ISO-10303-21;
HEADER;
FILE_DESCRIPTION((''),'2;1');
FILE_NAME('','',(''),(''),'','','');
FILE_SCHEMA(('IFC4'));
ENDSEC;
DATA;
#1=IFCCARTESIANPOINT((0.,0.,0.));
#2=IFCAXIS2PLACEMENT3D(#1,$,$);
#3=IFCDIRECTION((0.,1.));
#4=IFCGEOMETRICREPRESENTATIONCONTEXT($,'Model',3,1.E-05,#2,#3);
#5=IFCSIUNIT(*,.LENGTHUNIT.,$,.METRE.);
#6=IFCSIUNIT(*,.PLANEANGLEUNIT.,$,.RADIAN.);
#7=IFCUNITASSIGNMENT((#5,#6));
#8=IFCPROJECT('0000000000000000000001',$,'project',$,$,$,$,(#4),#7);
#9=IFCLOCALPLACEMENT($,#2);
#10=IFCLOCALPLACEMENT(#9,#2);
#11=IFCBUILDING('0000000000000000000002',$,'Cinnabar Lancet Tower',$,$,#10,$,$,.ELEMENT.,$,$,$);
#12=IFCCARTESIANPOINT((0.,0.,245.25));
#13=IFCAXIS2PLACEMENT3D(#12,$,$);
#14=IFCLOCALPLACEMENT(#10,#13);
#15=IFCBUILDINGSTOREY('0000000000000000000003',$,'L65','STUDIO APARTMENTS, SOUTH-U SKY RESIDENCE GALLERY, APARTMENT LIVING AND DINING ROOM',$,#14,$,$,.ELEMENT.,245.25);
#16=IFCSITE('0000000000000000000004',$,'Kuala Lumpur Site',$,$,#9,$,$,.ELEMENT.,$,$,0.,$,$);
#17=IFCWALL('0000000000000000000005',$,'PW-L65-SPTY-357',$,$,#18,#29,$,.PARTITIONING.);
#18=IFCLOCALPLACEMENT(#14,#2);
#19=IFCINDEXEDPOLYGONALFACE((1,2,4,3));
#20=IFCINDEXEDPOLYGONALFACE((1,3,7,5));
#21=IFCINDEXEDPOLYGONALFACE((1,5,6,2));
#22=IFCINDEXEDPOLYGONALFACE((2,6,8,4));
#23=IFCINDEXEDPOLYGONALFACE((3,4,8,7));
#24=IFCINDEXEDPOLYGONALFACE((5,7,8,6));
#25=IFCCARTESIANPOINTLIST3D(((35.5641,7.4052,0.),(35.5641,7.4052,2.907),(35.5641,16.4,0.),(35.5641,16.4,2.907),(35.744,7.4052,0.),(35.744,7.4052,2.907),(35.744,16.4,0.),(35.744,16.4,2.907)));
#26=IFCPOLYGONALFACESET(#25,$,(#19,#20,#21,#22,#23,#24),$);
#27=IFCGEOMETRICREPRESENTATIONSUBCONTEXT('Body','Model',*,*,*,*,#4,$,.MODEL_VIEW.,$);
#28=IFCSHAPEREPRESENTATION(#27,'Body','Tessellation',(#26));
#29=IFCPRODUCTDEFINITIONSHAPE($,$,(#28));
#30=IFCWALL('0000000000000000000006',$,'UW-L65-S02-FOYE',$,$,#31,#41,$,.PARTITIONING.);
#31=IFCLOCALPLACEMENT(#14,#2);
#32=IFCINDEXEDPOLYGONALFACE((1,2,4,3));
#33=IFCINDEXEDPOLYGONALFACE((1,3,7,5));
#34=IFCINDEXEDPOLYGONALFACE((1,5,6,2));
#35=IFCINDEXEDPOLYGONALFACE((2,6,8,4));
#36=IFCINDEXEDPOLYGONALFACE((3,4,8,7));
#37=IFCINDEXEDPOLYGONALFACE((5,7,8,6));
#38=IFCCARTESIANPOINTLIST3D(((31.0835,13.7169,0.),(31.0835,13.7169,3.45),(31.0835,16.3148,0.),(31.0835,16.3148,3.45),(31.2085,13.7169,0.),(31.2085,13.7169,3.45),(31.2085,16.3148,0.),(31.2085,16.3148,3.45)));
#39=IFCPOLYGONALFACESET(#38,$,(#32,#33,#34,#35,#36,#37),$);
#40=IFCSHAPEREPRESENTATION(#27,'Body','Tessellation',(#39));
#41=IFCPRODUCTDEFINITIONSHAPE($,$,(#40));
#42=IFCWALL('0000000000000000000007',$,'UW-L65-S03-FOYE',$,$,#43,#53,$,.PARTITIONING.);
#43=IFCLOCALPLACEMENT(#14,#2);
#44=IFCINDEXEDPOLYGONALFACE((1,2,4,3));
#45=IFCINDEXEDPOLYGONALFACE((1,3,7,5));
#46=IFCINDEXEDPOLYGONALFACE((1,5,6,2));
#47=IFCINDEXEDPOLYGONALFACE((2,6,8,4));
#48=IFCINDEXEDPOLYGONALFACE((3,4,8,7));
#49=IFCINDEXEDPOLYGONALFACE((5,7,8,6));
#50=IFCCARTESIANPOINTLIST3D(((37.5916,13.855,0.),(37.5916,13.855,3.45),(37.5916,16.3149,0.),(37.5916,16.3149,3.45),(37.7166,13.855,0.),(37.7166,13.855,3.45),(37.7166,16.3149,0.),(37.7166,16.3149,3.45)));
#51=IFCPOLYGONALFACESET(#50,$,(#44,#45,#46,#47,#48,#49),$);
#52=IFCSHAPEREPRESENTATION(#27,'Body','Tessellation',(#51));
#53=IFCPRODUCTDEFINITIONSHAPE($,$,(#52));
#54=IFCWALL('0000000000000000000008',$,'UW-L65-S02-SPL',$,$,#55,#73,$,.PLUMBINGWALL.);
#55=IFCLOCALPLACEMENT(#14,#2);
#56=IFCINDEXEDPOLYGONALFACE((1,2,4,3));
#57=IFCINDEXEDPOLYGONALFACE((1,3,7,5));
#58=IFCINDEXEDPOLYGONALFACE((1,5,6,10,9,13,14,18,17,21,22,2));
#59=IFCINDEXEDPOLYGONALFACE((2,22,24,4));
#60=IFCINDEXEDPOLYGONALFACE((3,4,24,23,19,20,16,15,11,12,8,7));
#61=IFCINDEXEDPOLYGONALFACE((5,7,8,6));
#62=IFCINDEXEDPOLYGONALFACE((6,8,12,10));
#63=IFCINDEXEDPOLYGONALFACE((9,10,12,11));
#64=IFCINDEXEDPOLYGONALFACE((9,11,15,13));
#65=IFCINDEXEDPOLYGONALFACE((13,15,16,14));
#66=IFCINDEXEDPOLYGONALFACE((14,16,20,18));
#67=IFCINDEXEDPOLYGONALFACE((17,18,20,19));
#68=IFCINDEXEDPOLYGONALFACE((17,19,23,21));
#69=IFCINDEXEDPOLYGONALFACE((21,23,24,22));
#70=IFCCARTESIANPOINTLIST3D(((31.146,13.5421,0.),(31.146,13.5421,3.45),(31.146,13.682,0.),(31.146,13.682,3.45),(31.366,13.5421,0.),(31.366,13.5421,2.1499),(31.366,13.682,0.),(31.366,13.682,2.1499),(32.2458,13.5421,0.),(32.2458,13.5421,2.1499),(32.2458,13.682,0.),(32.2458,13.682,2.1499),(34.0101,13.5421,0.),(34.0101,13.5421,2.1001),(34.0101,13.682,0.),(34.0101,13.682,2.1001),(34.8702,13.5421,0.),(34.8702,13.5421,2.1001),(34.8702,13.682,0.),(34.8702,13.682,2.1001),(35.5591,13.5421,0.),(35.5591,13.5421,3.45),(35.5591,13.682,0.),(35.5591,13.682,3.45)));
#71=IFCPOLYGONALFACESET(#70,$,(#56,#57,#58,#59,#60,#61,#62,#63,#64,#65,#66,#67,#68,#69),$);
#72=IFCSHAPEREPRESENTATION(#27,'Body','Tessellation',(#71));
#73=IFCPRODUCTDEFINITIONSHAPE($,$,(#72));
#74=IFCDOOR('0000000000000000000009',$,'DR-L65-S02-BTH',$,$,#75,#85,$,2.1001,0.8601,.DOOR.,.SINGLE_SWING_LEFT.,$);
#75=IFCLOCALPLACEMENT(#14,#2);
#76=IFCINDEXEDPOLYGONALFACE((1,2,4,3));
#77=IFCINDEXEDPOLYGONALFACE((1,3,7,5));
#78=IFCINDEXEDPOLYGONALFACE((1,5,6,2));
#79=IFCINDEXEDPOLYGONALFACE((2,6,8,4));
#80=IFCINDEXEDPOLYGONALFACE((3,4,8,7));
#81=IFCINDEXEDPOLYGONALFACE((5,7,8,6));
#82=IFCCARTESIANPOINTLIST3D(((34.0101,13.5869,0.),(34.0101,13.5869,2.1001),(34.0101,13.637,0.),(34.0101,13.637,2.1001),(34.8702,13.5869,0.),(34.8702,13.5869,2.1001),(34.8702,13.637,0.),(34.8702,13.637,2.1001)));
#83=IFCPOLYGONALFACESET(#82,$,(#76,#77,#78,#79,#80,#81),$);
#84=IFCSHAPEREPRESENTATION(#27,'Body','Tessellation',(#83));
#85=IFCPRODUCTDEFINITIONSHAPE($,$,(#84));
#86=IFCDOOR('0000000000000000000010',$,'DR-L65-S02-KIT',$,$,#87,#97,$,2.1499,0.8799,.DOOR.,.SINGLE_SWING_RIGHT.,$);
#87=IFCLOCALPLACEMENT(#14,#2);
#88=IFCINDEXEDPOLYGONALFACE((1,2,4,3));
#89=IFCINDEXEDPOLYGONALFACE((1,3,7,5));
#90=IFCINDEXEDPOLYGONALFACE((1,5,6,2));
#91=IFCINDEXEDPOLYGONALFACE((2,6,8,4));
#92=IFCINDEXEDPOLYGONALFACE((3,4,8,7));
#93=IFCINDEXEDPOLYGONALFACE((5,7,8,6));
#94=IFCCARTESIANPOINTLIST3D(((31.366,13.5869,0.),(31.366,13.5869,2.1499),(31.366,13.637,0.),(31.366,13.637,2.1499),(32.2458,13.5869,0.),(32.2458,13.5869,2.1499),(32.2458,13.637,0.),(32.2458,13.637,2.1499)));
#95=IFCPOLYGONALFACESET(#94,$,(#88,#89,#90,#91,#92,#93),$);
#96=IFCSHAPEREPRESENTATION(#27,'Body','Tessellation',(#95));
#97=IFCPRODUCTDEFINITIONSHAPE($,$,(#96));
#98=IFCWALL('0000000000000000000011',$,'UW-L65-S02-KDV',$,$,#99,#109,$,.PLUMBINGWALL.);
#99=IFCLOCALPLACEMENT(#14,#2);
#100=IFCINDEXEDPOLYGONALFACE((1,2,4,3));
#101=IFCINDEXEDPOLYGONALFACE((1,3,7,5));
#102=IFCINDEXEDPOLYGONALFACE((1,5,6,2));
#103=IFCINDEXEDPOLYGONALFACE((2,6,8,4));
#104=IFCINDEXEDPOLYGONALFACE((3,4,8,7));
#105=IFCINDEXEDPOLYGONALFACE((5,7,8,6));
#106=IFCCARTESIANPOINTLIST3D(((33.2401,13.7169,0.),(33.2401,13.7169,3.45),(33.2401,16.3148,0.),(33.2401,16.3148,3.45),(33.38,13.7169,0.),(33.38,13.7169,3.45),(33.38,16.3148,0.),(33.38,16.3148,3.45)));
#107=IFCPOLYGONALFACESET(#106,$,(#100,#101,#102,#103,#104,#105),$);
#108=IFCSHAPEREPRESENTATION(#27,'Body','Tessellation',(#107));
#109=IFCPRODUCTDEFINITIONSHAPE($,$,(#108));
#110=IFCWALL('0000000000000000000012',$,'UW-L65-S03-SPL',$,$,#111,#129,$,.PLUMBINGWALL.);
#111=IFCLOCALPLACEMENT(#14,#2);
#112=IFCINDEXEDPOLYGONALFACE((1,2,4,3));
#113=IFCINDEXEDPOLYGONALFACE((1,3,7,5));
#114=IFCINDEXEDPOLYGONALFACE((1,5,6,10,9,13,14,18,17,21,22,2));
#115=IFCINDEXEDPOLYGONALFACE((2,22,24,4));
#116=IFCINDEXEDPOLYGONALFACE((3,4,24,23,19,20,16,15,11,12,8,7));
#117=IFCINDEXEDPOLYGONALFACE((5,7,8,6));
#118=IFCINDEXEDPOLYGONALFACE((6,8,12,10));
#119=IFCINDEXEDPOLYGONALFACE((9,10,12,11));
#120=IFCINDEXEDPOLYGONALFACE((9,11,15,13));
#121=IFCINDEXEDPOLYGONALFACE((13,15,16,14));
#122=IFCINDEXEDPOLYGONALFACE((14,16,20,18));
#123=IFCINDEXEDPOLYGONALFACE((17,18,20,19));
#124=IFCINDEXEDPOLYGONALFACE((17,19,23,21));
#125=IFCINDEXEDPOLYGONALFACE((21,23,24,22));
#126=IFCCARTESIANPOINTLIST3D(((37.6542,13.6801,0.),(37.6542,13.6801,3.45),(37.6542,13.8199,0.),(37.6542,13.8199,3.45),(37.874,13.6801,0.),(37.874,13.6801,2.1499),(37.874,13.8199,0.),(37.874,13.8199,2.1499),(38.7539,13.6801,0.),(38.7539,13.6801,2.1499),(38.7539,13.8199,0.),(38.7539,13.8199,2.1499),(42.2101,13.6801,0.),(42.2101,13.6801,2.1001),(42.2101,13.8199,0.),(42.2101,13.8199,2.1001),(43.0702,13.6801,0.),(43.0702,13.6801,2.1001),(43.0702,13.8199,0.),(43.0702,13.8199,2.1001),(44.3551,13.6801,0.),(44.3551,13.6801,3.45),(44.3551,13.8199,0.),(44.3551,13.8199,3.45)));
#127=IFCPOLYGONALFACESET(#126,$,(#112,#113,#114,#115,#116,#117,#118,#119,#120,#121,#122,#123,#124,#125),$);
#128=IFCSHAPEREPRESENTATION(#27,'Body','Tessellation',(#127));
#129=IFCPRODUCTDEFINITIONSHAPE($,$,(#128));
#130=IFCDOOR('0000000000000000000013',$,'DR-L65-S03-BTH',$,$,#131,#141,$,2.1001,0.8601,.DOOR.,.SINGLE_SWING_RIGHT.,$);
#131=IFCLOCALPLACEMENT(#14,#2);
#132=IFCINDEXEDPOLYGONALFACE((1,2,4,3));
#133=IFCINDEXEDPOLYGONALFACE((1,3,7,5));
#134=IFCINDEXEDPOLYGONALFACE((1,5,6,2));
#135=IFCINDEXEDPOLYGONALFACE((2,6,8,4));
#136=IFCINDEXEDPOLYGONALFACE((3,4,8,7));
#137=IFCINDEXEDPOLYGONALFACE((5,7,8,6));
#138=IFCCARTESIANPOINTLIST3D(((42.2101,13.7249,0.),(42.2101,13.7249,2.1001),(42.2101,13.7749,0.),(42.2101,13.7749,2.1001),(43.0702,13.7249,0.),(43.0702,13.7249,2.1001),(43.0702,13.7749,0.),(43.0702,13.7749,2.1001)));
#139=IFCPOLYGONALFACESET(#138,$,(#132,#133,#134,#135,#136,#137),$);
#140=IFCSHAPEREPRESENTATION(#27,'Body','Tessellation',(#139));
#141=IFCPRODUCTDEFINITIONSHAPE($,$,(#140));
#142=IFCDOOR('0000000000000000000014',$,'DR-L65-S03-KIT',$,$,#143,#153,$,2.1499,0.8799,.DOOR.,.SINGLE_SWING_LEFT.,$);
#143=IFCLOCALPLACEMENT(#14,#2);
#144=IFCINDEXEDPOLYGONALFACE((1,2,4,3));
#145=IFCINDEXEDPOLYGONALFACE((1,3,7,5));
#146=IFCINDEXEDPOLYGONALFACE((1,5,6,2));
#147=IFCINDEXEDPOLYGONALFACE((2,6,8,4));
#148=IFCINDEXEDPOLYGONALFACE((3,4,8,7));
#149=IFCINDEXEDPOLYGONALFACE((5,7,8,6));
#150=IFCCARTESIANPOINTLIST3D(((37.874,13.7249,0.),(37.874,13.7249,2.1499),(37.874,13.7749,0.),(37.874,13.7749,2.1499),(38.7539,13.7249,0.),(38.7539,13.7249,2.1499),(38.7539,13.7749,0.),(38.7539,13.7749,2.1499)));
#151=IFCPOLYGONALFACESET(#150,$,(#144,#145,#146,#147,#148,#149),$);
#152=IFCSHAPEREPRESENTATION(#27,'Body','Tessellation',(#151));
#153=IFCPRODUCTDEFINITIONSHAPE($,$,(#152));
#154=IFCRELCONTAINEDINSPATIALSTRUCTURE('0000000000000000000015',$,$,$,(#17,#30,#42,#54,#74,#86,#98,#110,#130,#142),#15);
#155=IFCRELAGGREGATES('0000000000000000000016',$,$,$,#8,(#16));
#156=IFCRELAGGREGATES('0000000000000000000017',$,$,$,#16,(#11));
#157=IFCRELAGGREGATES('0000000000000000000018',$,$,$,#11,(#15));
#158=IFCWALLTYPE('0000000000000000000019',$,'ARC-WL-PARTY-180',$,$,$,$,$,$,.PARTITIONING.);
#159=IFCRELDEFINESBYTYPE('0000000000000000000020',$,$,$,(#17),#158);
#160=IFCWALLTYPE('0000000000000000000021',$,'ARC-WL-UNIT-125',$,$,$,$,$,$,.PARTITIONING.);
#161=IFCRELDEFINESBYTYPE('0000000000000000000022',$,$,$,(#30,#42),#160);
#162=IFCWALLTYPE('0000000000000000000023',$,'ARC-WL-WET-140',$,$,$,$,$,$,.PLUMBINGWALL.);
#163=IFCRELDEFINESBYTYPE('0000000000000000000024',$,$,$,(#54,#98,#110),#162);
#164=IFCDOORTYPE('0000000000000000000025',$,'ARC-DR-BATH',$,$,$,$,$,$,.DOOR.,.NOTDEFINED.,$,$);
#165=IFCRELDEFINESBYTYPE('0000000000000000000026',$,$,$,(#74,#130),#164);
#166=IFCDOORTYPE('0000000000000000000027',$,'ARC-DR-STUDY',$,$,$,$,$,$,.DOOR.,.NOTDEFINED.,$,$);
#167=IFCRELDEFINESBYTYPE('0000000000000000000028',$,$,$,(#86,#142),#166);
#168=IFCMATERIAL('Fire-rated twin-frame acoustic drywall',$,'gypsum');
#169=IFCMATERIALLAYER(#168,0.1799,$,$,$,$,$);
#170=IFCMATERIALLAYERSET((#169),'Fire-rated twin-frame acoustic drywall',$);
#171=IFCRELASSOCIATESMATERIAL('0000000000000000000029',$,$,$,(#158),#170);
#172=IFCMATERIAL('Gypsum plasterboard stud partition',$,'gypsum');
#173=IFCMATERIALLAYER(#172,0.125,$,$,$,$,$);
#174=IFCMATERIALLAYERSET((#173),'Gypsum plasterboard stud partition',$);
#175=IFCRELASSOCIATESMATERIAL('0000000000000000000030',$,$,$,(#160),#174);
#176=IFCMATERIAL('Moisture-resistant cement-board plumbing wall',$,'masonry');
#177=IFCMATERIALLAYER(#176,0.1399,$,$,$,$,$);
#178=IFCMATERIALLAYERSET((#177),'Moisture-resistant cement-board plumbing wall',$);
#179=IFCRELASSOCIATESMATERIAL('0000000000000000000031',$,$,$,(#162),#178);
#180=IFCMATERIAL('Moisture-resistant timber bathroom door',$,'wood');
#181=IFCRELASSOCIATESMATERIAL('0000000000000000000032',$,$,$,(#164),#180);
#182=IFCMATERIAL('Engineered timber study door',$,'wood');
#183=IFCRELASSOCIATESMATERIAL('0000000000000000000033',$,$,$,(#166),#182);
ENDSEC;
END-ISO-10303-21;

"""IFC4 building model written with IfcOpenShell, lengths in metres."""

from ifc_helpers import new_model, si_unit, direction, frame, frame_2d, origin, place, context, subcontext, project, spatial, rectangle, extrude, material, layer, layer_set, type_object, element, fill, save


model = new_model("IFC4")

# Units and contexts
model_context = context("Model", 3, precision=1e-05, world=origin(), true_north=direction((0.0, 1.0)))
body_context = subcontext(model_context, "Body", "Model", "MODEL_VIEW")
ifc_project = project(units=[si_unit("LENGTHUNIT", "METRE"), si_unit("PLANEANGLEUNIT", "RADIAN")], contexts=[model_context])

# Site, building, storey
site_placement = place(None, origin())
site = spatial("IfcSite", under=ifc_project, at=site_placement, Name="Kuala Lumpur Site", CompositionType="ELEMENT", RefElevation=0.0)
building_placement = place(site_placement, origin())
building = spatial("IfcBuilding", under=site, at=building_placement, Name="Cinnabar Lancet Tower", CompositionType="ELEMENT")
storey_placement = place(building_placement, frame((0.0, 0.0, 245.25)))
storey = spatial("IfcBuildingStorey", under=building, at=storey_placement, Name="L65", Description="STUDIO APARTMENTS, SOUTH-U SKY RESIDENCE GALLERY, APARTMENT LIVING AND DINING ROOM", CompositionType="ELEMENT", Elevation=245.25)

# Walls
ifc_material_1 = material(Name="Fire-rated twin-frame acoustic drywall", Category="gypsum")
ifc_layer_1 = layer(ifc_material_1, 0.1799)
ifc_layer_set_1 = layer_set([ifc_layer_1], Name="Fire-rated twin-frame acoustic drywall")
wall_type_1 = type_object("IfcWallType", Name="ARC-WL-PARTY-180", PredefinedType="PARTITIONING", material=ifc_layer_set_1)
wall_1_placement = place(storey_placement, frame((35.6541, 7.405, 0.0), z_axis=(0.0, 0.0, 1.0), x_axis=(0.0, 1.0, 0.0)))
element("IfcWall", 1, at=wall_1_placement, inside=storey, type_object=wall_type_1, Name="PW-L65-SPTY-357", PredefinedType="PARTITIONING", context=body_context, shape_type="SweptSolid", body=[
    extrude(rectangle(XDim=8.9949, YDim=0.1799, at=frame_2d((4.4976, 0.0))), origin(), (0.0, 0.0, 1.0), 2.907),
])
ifc_material_2 = material(Name="Gypsum plasterboard stud partition", Category="gypsum")
ifc_layer_2 = layer(ifc_material_2, 0.125)
ifc_layer_set_2 = layer_set([ifc_layer_2], Name="Gypsum plasterboard stud partition")
wall_type_2 = type_object("IfcWallType", Name="ARC-WL-UNIT-125", PredefinedType="PARTITIONING", material=ifc_layer_set_2)
wall_2_placement = place(storey_placement, frame((31.146, 13.717, 0.0), z_axis=(0.0, 0.0, 1.0), x_axis=(0.0, 1.0, 0.0)))
element("IfcWall", 2, at=wall_2_placement, inside=storey, type_object=wall_type_2, Name="UW-L65-S02-FOYE", PredefinedType="PARTITIONING", context=body_context, shape_type="SweptSolid", body=[
    extrude(rectangle(XDim=2.5979, YDim=0.125, at=frame_2d((1.2988, 0.0))), origin(), (0.0, 0.0, 1.0), 3.45),
])
wall_3_placement = place(storey_placement, frame((37.6541, 13.855, 0.0), z_axis=(0.0, 0.0, 1.0), x_axis=(0.0, 1.0, 0.0)))
element("IfcWall", 3, at=wall_3_placement, inside=storey, type_object=wall_type_2, Name="UW-L65-S03-FOYE", PredefinedType="PARTITIONING", context=body_context, shape_type="SweptSolid", body=[
    extrude(rectangle(XDim=2.46, YDim=0.125, at=frame_2d((1.23, 0.0))), origin(), (0.0, 0.0, 1.0), 3.45),
])

# Wall, openings, doors
ifc_material_3 = material(Name="Moisture-resistant cement-board plumbing wall", Category="masonry")
ifc_layer_3 = layer(ifc_material_3, 0.1399)
ifc_layer_set_3 = layer_set([ifc_layer_3], Name="Moisture-resistant cement-board plumbing wall")
wall_type_3 = type_object("IfcWallType", Name="ARC-WL-WET-140", PredefinedType="PLUMBINGWALL", material=ifc_layer_set_3)
wall_4_placement = place(storey_placement, frame((31.146, 13.6121, 0.0), z_axis=(0.0, 0.0, 1.0), x_axis=(1.0, 0.0, 0.0)))
wall_4 = element("IfcWall", 4, at=wall_4_placement, inside=storey, type_object=wall_type_3, Name="UW-L65-S02-SPL", PredefinedType="PLUMBINGWALL", context=body_context, shape_type="SweptSolid", body=[
    extrude(rectangle(XDim=4.4131, YDim=0.1399, at=frame_2d((2.2065, 0.0))), origin(), (0.0, 0.0, 1.0), 3.45),
])
opening_1_placement = place(wall_4_placement, frame((2.864, 0.0, 0.0)))
opening_1 = element("IfcOpeningElement", 5, at=opening_1_placement, cuts=wall_4, PredefinedType="OPENING", context=body_context, shape_type="SweptSolid", body=[
    extrude(rectangle(XDim=0.8601, YDim=2.1001, at=frame_2d((0.4302, 1.05))), frame((0.0, 0.0798, 0.0), z_axis=(0.0, -1.0, 0.0), x_axis=(1.0, 0.0, 0.0)), (0.0, 0.0, 1.0), 0.1599),
])
opening_2_placement = place(wall_4_placement, frame((0.22, 0.0, 0.0)))
opening_2 = element("IfcOpeningElement", 6, at=opening_2_placement, cuts=wall_4, PredefinedType="OPENING", context=body_context, shape_type="SweptSolid", body=[
    extrude(rectangle(XDim=0.8799, YDim=2.1499, at=frame_2d((0.4399, 1.075))), frame((0.0, 0.0798, 0.0), z_axis=(0.0, -1.0, 0.0), x_axis=(1.0, 0.0, 0.0)), (0.0, 0.0, 1.0), 0.1599),
])
ifc_material_4 = material(Name="Moisture-resistant timber bathroom door", Category="wood")
door_type_1 = type_object("IfcDoorType", Name="ARC-DR-BATH", OperationType="NOTDEFINED", PredefinedType="DOOR", material=ifc_material_4)
door_1_placement = place(opening_1_placement, origin())
door_1 = element("IfcDoor", 7, at=door_1_placement, inside=storey, type_object=door_type_1, Name="DR-L65-S02-BTH", OperationType="SINGLE_SWING_LEFT", OverallHeight=2.1001, OverallWidth=0.8601, PredefinedType="DOOR", context=body_context, shape_type="SweptSolid", body=[
    extrude(rectangle(XDim=0.8601, YDim=2.1001, at=frame_2d((0.4302, 1.05))), frame((0.0, 0.0249, 0.0), z_axis=(0.0, -1.0, 0.0), x_axis=(1.0, 0.0, 0.0)), (0.0, 0.0, 1.0), 0.05),
])
fill(opening_1, door_1)
ifc_material_5 = material(Name="Engineered timber study door", Category="wood")
door_type_2 = type_object("IfcDoorType", Name="ARC-DR-STUDY", OperationType="NOTDEFINED", PredefinedType="DOOR", material=ifc_material_5)
door_2_placement = place(opening_2_placement, origin())
door_2 = element("IfcDoor", 8, at=door_2_placement, inside=storey, type_object=door_type_2, Name="DR-L65-S02-KIT", OperationType="SINGLE_SWING_RIGHT", OverallHeight=2.1499, OverallWidth=0.8799, PredefinedType="DOOR", context=body_context, shape_type="SweptSolid", body=[
    extrude(rectangle(XDim=0.8799, YDim=2.1499, at=frame_2d((0.4399, 1.075))), frame((0.0, 0.0249, 0.0), z_axis=(0.0, -1.0, 0.0), x_axis=(1.0, 0.0, 0.0)), (0.0, 0.0, 1.0), 0.05),
])
fill(opening_2, door_2)

# Wall
wall_5_placement = place(storey_placement, frame((33.3101, 13.717, 0.0), z_axis=(0.0, 0.0, 1.0), x_axis=(0.0, 1.0, 0.0)))
element("IfcWall", 9, at=wall_5_placement, inside=storey, type_object=wall_type_3, Name="UW-L65-S02-KDV", PredefinedType="PLUMBINGWALL", context=body_context, shape_type="SweptSolid", body=[
    extrude(rectangle(XDim=2.5979, YDim=0.1399, at=frame_2d((1.2988, 0.0))), origin(), (0.0, 0.0, 1.0), 3.45),
])

# Wall, openings, doors
wall_6_placement = place(storey_placement, frame((37.6541, 13.75, 0.0), z_axis=(0.0, 0.0, 1.0), x_axis=(1.0, 0.0, 0.0)))
wall_6 = element("IfcWall", 10, at=wall_6_placement, inside=storey, type_object=wall_type_3, Name="UW-L65-S03-SPL", PredefinedType="PLUMBINGWALL", context=body_context, shape_type="SweptSolid", body=[
    extrude(rectangle(XDim=6.7009, YDim=0.1399, at=frame_2d((3.3506, 0.0))), origin(), (0.0, 0.0, 1.0), 3.45),
])
opening_3_placement = place(wall_6_placement, frame((4.5559, 0.0, 0.0)))
opening_3 = element("IfcOpeningElement", 11, at=opening_3_placement, cuts=wall_6, PredefinedType="OPENING", context=body_context, shape_type="SweptSolid", body=[
    extrude(rectangle(XDim=0.8601, YDim=2.1001, at=frame_2d((0.4302, 1.05))), frame((0.0, 0.0798, 0.0), z_axis=(0.0, -1.0, 0.0), x_axis=(1.0, 0.0, 0.0)), (0.0, 0.0, 1.0), 0.1599),
])
opening_4_placement = place(wall_6_placement, frame((0.22, 0.0, 0.0)))
opening_4 = element("IfcOpeningElement", 12, at=opening_4_placement, cuts=wall_6, PredefinedType="OPENING", context=body_context, shape_type="SweptSolid", body=[
    extrude(rectangle(XDim=0.8799, YDim=2.1499, at=frame_2d((0.4399, 1.075))), frame((0.0, 0.0798, 0.0), z_axis=(0.0, -1.0, 0.0), x_axis=(1.0, 0.0, 0.0)), (0.0, 0.0, 1.0), 0.1599),
])
door_3_placement = place(opening_3_placement, origin())
door_3 = element("IfcDoor", 13, at=door_3_placement, inside=storey, type_object=door_type_1, Name="DR-L65-S03-BTH", OperationType="SINGLE_SWING_RIGHT", OverallHeight=2.1001, OverallWidth=0.8601, PredefinedType="DOOR", context=body_context, shape_type="SweptSolid", body=[
    extrude(rectangle(XDim=0.8601, YDim=2.1001, at=frame_2d((0.4302, 1.05))), frame((0.0, 0.0249, 0.0), z_axis=(0.0, -1.0, 0.0), x_axis=(1.0, 0.0, 0.0)), (0.0, 0.0, 1.0), 0.05),
])
fill(opening_3, door_3)
door_4_placement = place(opening_4_placement, origin())
door_4 = element("IfcDoor", 14, at=door_4_placement, inside=storey, type_object=door_type_2, Name="DR-L65-S03-KIT", OperationType="SINGLE_SWING_LEFT", OverallHeight=2.1499, OverallWidth=0.8799, PredefinedType="DOOR", context=body_context, shape_type="SweptSolid", body=[
    extrude(rectangle(XDim=0.8799, YDim=2.1499, at=frame_2d((0.4399, 1.075))), frame((0.0, 0.0249, 0.0), z_axis=(0.0, -1.0, 0.0), x_axis=(1.0, 0.0, 0.0)), (0.0, 0.0, 1.0), 0.05),
])
fill(opening_4, door_4)

save(model, "model.ifc")
